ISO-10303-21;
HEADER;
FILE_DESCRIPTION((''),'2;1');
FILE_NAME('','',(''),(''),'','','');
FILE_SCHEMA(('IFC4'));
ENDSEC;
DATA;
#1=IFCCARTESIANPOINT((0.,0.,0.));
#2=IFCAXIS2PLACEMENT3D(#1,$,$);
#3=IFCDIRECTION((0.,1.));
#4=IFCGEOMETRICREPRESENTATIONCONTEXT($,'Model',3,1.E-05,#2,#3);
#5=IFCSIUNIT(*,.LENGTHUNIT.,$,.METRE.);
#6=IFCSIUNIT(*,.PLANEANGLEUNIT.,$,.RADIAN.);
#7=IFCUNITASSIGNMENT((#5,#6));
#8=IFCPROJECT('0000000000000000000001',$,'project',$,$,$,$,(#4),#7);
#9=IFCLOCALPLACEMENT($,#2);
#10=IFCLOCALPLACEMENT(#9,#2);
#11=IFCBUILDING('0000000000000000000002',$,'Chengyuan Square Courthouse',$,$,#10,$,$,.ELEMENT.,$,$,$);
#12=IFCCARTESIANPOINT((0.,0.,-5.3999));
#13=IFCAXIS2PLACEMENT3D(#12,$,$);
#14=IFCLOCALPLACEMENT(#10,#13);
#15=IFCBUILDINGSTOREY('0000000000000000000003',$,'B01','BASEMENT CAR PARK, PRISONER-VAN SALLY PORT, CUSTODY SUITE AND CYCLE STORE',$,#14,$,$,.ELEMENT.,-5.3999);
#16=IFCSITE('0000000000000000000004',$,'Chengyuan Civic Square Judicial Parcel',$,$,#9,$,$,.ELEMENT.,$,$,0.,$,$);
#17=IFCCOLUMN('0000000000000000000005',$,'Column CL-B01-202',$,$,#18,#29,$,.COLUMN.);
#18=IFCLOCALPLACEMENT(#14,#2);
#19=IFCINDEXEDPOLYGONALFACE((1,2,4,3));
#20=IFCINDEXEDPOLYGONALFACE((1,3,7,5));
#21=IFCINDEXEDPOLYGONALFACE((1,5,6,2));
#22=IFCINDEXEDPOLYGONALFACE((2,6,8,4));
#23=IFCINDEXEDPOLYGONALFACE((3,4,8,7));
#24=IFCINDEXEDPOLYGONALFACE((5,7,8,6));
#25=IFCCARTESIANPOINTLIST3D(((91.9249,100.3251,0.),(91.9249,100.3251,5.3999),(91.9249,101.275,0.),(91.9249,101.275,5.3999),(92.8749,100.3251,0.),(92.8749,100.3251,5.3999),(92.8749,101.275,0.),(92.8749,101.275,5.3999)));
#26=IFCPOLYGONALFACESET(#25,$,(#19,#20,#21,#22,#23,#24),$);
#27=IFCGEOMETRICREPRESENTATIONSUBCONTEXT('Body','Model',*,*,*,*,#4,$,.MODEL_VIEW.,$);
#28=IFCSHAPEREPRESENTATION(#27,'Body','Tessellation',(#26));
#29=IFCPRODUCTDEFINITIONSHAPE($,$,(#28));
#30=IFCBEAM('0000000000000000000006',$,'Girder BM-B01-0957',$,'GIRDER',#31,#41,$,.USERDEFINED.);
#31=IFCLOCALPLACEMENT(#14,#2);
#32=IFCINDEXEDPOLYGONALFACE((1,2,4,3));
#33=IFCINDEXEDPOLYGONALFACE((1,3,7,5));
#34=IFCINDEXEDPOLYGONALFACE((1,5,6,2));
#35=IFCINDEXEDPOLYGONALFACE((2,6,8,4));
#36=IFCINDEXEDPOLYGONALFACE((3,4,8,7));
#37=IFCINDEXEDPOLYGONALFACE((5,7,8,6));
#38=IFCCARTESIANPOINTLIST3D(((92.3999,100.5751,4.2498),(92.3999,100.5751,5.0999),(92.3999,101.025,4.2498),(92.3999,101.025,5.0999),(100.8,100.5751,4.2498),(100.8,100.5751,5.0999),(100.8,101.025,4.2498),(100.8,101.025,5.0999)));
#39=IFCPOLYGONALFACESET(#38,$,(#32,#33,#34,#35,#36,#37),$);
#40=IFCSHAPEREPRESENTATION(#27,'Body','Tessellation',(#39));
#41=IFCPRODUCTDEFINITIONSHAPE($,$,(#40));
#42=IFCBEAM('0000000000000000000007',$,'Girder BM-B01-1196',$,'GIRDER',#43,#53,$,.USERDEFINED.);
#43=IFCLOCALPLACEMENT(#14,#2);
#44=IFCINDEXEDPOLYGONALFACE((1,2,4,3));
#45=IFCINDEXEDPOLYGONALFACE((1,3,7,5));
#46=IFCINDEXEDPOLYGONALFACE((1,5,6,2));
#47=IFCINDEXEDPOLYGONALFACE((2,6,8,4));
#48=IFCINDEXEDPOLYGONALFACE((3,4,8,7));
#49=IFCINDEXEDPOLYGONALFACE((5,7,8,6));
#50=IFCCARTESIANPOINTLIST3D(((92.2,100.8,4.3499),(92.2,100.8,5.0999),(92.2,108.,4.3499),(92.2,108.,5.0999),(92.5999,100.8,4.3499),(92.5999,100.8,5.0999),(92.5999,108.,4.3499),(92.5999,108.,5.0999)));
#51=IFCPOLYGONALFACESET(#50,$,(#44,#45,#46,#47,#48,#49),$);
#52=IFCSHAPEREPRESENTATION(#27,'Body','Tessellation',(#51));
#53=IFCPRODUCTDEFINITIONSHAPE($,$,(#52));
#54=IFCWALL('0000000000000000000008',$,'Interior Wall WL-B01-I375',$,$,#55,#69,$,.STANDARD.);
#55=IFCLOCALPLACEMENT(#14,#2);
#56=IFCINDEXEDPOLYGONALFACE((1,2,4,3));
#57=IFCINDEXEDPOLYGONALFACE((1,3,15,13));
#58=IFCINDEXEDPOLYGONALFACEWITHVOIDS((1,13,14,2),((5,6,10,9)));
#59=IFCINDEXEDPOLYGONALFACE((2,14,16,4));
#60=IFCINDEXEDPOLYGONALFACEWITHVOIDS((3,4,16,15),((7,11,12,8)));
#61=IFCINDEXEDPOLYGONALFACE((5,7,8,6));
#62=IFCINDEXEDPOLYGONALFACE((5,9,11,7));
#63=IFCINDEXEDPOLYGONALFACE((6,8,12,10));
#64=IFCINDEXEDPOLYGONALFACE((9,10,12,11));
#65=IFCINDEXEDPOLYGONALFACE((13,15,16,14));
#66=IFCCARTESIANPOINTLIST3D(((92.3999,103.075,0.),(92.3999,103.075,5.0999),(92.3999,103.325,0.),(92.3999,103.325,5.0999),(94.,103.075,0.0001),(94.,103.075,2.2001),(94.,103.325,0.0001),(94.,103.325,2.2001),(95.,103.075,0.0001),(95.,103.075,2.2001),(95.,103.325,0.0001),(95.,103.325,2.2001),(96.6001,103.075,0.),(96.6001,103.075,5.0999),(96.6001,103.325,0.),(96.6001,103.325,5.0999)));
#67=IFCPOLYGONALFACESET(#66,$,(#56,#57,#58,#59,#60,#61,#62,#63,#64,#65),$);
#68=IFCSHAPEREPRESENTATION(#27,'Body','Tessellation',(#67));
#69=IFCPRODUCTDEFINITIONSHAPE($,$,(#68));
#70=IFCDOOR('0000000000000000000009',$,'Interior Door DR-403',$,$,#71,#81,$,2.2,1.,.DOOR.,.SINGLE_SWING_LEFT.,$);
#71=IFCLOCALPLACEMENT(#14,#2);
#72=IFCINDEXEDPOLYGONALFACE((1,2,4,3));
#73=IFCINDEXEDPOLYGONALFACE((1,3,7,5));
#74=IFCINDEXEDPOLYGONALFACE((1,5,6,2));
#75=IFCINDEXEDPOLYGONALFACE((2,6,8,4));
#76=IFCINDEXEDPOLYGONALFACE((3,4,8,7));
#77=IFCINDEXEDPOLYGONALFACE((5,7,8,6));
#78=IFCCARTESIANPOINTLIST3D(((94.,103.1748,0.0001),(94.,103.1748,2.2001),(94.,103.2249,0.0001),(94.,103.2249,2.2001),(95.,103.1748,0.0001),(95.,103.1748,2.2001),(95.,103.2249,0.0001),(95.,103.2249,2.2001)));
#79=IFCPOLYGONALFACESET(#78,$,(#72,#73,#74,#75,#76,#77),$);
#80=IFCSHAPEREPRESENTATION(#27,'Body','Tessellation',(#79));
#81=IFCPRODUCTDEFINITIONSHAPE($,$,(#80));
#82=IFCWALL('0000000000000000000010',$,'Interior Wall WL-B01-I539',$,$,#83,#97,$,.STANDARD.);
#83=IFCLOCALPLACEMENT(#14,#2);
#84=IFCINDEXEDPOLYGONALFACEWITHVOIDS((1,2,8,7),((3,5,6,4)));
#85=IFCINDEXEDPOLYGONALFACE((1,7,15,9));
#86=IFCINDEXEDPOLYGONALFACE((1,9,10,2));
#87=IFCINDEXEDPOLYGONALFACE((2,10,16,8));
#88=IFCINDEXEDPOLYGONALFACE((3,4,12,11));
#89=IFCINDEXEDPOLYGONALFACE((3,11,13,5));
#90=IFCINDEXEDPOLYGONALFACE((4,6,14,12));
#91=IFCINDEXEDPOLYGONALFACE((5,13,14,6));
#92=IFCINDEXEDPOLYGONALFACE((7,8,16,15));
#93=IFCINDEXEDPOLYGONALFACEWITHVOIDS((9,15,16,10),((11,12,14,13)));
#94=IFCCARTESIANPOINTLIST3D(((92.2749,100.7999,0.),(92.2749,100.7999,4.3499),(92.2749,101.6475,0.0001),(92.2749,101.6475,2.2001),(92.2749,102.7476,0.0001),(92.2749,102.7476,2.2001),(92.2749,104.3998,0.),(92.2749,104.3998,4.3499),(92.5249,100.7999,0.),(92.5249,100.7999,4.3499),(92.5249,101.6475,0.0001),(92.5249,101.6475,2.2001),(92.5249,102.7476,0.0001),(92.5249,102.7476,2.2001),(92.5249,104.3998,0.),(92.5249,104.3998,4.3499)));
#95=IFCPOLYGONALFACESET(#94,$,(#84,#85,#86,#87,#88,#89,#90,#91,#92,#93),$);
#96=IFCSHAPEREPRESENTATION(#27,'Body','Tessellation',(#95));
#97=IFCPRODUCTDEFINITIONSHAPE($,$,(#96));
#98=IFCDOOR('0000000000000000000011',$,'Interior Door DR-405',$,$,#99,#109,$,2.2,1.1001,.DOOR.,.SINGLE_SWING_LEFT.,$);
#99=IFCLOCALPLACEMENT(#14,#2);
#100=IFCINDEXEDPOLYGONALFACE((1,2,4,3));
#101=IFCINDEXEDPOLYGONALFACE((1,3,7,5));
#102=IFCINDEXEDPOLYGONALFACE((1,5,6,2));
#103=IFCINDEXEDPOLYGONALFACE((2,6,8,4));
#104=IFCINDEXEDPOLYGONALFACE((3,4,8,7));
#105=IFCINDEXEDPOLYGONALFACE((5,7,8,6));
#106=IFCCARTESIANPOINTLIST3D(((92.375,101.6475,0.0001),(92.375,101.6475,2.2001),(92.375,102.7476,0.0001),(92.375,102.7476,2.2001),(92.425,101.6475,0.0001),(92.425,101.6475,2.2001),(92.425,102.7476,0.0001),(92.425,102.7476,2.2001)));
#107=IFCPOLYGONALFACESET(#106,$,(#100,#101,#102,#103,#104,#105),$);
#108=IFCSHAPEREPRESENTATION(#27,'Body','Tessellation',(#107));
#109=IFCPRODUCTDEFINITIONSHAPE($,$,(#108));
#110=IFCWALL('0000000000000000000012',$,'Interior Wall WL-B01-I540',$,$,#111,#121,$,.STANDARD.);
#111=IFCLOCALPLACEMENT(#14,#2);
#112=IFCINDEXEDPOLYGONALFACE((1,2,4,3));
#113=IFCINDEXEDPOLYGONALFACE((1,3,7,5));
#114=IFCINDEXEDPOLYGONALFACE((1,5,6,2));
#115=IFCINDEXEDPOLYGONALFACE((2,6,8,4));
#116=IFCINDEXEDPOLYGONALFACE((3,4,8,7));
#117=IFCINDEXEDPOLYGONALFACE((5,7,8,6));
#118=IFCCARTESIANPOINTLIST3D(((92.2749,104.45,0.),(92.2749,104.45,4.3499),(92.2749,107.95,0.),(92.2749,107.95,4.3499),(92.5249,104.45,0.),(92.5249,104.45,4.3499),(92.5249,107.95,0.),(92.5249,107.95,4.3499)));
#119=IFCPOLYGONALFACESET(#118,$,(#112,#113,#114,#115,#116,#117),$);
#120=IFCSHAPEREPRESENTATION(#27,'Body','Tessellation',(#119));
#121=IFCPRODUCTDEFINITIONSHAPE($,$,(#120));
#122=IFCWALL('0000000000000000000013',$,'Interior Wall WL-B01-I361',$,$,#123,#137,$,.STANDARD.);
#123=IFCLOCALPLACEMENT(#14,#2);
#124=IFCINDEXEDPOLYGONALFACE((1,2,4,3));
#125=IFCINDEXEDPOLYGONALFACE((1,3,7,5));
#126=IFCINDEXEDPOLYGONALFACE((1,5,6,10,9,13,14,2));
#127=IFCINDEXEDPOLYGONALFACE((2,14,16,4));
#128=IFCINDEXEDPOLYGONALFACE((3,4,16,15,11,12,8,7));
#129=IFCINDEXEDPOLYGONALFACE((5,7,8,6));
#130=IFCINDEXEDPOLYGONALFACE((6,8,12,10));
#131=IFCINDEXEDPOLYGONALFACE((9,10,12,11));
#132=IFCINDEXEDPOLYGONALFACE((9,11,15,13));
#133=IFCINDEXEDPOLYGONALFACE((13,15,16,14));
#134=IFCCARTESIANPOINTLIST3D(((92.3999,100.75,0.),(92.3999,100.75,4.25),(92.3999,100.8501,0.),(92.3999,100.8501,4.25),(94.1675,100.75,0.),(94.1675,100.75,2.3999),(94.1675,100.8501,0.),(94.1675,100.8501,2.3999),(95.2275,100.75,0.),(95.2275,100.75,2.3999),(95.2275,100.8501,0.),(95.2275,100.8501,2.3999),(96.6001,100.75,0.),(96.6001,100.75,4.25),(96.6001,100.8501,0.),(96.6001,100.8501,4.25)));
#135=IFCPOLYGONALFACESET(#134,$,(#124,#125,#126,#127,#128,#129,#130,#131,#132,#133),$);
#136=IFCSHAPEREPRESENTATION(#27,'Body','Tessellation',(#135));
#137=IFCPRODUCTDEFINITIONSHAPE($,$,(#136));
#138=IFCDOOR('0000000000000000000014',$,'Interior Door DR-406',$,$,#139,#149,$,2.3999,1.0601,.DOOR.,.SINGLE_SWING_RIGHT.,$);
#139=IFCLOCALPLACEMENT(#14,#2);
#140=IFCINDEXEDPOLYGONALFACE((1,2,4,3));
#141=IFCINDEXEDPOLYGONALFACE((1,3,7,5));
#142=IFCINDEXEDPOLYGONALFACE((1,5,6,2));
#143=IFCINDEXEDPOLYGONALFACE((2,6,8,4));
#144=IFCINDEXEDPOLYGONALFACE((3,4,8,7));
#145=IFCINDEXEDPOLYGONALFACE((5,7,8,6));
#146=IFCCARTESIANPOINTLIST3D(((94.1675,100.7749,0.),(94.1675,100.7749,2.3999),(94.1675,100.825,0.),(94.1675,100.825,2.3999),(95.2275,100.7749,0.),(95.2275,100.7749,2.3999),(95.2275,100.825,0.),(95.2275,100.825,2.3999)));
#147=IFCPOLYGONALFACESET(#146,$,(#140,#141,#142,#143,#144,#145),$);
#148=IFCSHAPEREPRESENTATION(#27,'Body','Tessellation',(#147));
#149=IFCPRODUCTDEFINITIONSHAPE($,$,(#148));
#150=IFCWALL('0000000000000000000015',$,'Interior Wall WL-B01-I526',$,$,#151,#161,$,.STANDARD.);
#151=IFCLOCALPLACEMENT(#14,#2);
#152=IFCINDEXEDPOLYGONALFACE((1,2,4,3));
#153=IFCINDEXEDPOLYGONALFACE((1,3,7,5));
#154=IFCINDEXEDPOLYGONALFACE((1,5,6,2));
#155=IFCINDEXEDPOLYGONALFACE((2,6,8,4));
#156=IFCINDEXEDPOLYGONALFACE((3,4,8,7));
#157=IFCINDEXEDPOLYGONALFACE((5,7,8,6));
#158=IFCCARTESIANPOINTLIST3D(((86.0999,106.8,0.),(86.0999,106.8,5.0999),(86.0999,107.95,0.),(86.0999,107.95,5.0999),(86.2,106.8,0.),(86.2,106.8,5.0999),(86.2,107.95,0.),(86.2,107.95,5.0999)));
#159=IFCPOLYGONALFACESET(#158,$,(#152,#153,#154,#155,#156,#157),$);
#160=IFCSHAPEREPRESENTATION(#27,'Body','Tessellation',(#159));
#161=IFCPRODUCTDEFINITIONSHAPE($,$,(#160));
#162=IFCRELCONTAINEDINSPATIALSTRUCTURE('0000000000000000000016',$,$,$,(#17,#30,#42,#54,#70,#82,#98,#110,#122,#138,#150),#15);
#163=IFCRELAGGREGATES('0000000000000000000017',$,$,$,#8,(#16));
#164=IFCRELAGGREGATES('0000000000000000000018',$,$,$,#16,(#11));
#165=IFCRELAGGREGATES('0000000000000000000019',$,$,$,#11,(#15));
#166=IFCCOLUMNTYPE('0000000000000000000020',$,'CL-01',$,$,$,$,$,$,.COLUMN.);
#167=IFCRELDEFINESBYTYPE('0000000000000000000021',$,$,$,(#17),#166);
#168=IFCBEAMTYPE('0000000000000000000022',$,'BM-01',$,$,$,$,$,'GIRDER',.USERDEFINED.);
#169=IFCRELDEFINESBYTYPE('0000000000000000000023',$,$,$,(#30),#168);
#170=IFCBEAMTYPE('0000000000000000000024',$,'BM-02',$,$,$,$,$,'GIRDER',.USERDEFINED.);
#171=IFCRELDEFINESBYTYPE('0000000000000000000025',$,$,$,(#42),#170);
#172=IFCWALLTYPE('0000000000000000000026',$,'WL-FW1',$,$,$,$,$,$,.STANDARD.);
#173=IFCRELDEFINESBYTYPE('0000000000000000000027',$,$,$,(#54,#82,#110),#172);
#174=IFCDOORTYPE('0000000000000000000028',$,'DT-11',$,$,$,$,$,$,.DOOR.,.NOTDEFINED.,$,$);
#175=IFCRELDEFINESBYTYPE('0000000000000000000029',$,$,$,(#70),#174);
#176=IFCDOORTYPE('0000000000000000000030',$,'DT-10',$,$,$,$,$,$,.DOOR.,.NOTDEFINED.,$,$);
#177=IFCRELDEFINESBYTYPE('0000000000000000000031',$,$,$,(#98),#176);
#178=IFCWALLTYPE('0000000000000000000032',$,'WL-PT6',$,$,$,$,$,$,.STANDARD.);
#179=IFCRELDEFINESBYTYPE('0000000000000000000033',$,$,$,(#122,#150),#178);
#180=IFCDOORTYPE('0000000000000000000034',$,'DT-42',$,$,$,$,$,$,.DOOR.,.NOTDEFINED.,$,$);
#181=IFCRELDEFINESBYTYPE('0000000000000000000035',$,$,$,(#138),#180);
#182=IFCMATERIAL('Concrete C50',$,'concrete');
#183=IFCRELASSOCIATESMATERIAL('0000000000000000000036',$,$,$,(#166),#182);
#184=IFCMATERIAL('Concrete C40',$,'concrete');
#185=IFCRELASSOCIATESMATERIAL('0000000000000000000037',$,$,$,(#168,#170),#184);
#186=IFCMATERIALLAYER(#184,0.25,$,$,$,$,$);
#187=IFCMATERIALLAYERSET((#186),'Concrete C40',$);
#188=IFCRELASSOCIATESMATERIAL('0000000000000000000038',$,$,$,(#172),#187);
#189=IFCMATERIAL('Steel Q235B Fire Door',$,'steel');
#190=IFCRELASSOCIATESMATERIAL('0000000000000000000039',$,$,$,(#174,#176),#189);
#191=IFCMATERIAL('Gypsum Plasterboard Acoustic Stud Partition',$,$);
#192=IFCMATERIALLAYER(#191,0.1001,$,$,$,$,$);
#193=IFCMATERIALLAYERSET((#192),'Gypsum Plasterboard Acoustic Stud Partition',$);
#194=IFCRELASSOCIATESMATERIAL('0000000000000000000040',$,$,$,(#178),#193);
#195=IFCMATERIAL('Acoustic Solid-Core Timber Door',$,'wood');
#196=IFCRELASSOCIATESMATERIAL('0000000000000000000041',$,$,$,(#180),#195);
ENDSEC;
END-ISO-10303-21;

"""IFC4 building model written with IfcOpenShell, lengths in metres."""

from ifc_helpers import new_model, si_unit, direction, frame, frame_2d, origin, origin_2d, place, context, subcontext, project, spatial, rectangle, extrude, material, layer, layer_set, material_profile, profile_set, type_object, element, fill, save


model = new_model("IFC4")

# Units and contexts
model_context = context("Model", 3, precision=1e-05, world=origin(), true_north=direction((0.0, 1.0)))
body_context = subcontext(model_context, "Body", "Model", "MODEL_VIEW")
ifc_project = project(units=[si_unit("LENGTHUNIT", "METRE"), si_unit("PLANEANGLEUNIT", "RADIAN")], contexts=[model_context])

# Site, building, storey
site_placement = place(None, origin())
site = spatial("IfcSite", under=ifc_project, at=site_placement, Name="Chengyuan Civic Square Judicial Parcel", CompositionType="ELEMENT", RefElevation=0.0)
building_placement = place(site_placement, origin())
building = spatial("IfcBuilding", under=site, at=building_placement, Name="Chengyuan Square Courthouse", CompositionType="ELEMENT")
storey_placement = place(building_placement, frame((0.0, 0.0, -5.3999)))
storey = spatial("IfcBuildingStorey", under=building, at=storey_placement, Name="B01", Description="BASEMENT CAR PARK, PRISONER-VAN SALLY PORT, CUSTODY SUITE AND CYCLE STORE", CompositionType="ELEMENT", Elevation=-5.3999)

# Column
ifc_material_1 = material(Name="Concrete C50", Category="concrete")
ifc_material_profile_1 = material_profile(ifc_material_1, rectangle(XDim=0.95, YDim=0.95, at=origin_2d()), Name="RC-COL-950x950")
ifc_profile_set_1 = profile_set([ifc_material_profile_1], Name="Concrete C50")
column_type = type_object("IfcColumnType", Name="CL-01", PredefinedType="COLUMN", material=ifc_profile_set_1)
column_placement = place(storey_placement, frame((92.3999, 100.8, 0.0), z_axis=(0.0, 0.0, 1.0), x_axis=(1.0, 0.0, 0.0)))
element("IfcColumn", 1, at=column_placement, inside=storey, type_object=column_type, Name="Column CL-B01-202", PredefinedType="COLUMN", context=body_context, shape_type="SweptSolid", body=[
    extrude(rectangle(XDim=0.95, YDim=0.95, at=origin_2d()), origin(), (0.0, 0.0, 1.0), 5.3999),
])

# Beams
ifc_material_2 = material(Name="Concrete C40", Category="concrete")
ifc_material_profile_2 = material_profile(ifc_material_2, rectangle(XDim=0.45, YDim=0.8501, at=origin_2d()), Name="RC-BM-450x850")
ifc_profile_set_2 = profile_set([ifc_material_profile_2], Name="Concrete C40")
beam_type_1 = type_object("IfcBeamType", Name="BM-01", ElementType="GIRDER", PredefinedType="USERDEFINED", material=ifc_profile_set_2)
beam_1_placement = place(storey_placement, frame((92.3999, 100.8, 4.6748), z_axis=(1.0, 0.0, 0.0), x_axis=(0.0, 1.0, 0.0)))
element("IfcBeam", 2, at=beam_1_placement, inside=storey, type_object=beam_type_1, Name="Girder BM-B01-0957", ObjectType="GIRDER", PredefinedType="USERDEFINED", context=body_context, shape_type="SweptSolid", body=[
    extrude(rectangle(XDim=0.45, YDim=0.8501, at=origin_2d()), origin(), (0.0, 0.0, 1.0), 8.4001),
])
ifc_material_profile_3 = material_profile(ifc_material_2, rectangle(XDim=0.3999, YDim=0.75, at=origin_2d()), Name="RC-BM-400x750")
ifc_profile_set_3 = profile_set([ifc_material_profile_3], Name="Concrete C40")
beam_type_2 = type_object("IfcBeamType", Name="BM-02", ElementType="GIRDER", PredefinedType="USERDEFINED", material=ifc_profile_set_3)
beam_2_placement = place(storey_placement, frame((92.3999, 100.8, 4.7249), z_axis=(0.0, 1.0, 0.0), x_axis=(-1.0, 0.0, 0.0)))
element("IfcBeam", 3, at=beam_2_placement, inside=storey, type_object=beam_type_2, Name="Girder BM-B01-1196", ObjectType="GIRDER", PredefinedType="USERDEFINED", context=body_context, shape_type="SweptSolid", body=[
    extrude(rectangle(XDim=0.3999, YDim=0.75, at=origin_2d()), origin(), (0.0, 0.0, 1.0), 7.2),
])

# Walls, openings, doors
ifc_layer_1 = layer(ifc_material_2, 0.25)
ifc_layer_set_1 = layer_set([ifc_layer_1], Name="Concrete C40")
wall_type_1 = type_object("IfcWallType", Name="WL-FW1", PredefinedType="STANDARD", material=ifc_layer_set_1)
wall_1_placement = place(storey_placement, frame((92.3999, 103.2, 0.0), z_axis=(0.0, 0.0, 1.0), x_axis=(1.0, 0.0, 0.0)))
wall_1 = element("IfcWall", 4, at=wall_1_placement, inside=storey, type_object=wall_type_1, Name="Interior Wall WL-B01-I375", PredefinedType="STANDARD", context=body_context, shape_type="SweptSolid", body=[
    extrude(rectangle(XDim=4.2002, YDim=0.25, at=frame_2d((2.1001, 0.0))), origin(), (0.0, 0.0, 1.0), 5.0999),
])
opening_1_placement = place(wall_1_placement, frame((1.6001, 0.0, 0.0)))
opening_1 = element("IfcOpeningElement", 5, at=opening_1_placement, cuts=wall_1, PredefinedType="OPENING", context=body_context, shape_type="SweptSolid", body=[
    extrude(rectangle(XDim=1.0, YDim=2.2, at=frame_2d((0.5, 1.1001))), frame((0.0, 0.137, 0.0), z_axis=(0.0, -1.0, 0.0), x_axis=(1.0, 0.0, 0.0)), (0.0, 0.0, 1.0), 0.2739),
])
ifc_material_3 = material(Name="Steel Q235B Fire Door", Category="steel")
door_type_1 = type_object("IfcDoorType", Name="DT-11", OperationType="NOTDEFINED", PredefinedType="DOOR", material=ifc_material_3)
door_1_placement = place(opening_1_placement, origin())
door_1 = element("IfcDoor", 6, at=door_1_placement, inside=storey, type_object=door_type_1, Name="Interior Door DR-403", OperationType="SINGLE_SWING_LEFT", OverallHeight=2.2, OverallWidth=1.0, PredefinedType="DOOR", context=body_context, shape_type="SweptSolid", body=[
    extrude(rectangle(XDim=1.0, YDim=2.2, at=frame_2d((0.5, 1.1001))), frame((0.0, 0.0249, 0.0), z_axis=(0.0, -1.0, 0.0), x_axis=(1.0, 0.0, 0.0)), (0.0, 0.0, 1.0), 0.05),
])
fill(opening_1, door_1)
wall_2_placement = place(storey_placement, frame((92.3999, 100.8, 0.0), z_axis=(0.0, 0.0, 1.0), x_axis=(0.0, 1.0, 0.0)))
wall_2 = element("IfcWall", 7, at=wall_2_placement, inside=storey, type_object=wall_type_1, Name="Interior Wall WL-B01-I539", PredefinedType="STANDARD", context=body_context, shape_type="SweptSolid", body=[
    extrude(rectangle(XDim=3.5999, YDim=0.25, at=frame_2d((1.7998, 0.0))), origin(), (0.0, 0.0, 1.0), 4.3499),
])
opening_2_placement = place(wall_2_placement, frame((0.8474, 0.0, 0.0)))
opening_2 = element("IfcOpeningElement", 8, at=opening_2_placement, cuts=wall_2, PredefinedType="OPENING", context=body_context, shape_type="SweptSolid", body=[
    extrude(rectangle(XDim=1.1001, YDim=2.2, at=frame_2d((0.55, 1.1001))), frame((0.0, 0.137, 0.0), z_axis=(0.0, -1.0, 0.0), x_axis=(1.0, 0.0, 0.0)), (0.0, 0.0, 1.0), 0.2739),
])
door_type_2 = type_object("IfcDoorType", Name="DT-10", OperationType="NOTDEFINED", PredefinedType="DOOR", material=ifc_material_3)
door_2_placement = place(opening_2_placement, origin())
door_2 = element("IfcDoor", 9, at=door_2_placement, inside=storey, type_object=door_type_2, Name="Interior Door DR-405", OperationType="SINGLE_SWING_LEFT", OverallHeight=2.2, OverallWidth=1.1001, PredefinedType="DOOR", context=body_context, shape_type="SweptSolid", body=[
    extrude(rectangle(XDim=1.1001, YDim=2.2, at=frame_2d((0.55, 1.1001))), frame((0.0, 0.0249, 0.0), z_axis=(0.0, -1.0, 0.0), x_axis=(1.0, 0.0, 0.0)), (0.0, 0.0, 1.0), 0.05),
])
fill(opening_2, door_2)

# Wall
wall_3_placement = place(storey_placement, frame((92.3999, 104.45, 0.0), z_axis=(0.0, 0.0, 1.0), x_axis=(0.0, 1.0, 0.0)))
element("IfcWall", 10, at=wall_3_placement, inside=storey, type_object=wall_type_1, Name="Interior Wall WL-B01-I540", PredefinedType="STANDARD", context=body_context, shape_type="SweptSolid", body=[
    extrude(rectangle(XDim=3.5, YDim=0.25, at=frame_2d((1.75, 0.0))), origin(), (0.0, 0.0, 1.0), 4.3499),
])

# Wall, opening, door
ifc_material_4 = material(Name="Gypsum Plasterboard Acoustic Stud Partition")
ifc_layer_2 = layer(ifc_material_4, 0.1001)
ifc_layer_set_2 = layer_set([ifc_layer_2], Name="Gypsum Plasterboard Acoustic Stud Partition")
wall_type_2 = type_object("IfcWallType", Name="WL-PT6", PredefinedType="STANDARD", material=ifc_layer_set_2)
wall_4_placement = place(storey_placement, frame((92.3999, 100.8, 0.0), z_axis=(0.0, 0.0, 1.0), x_axis=(1.0, 0.0, 0.0)))
wall_4 = element("IfcWall", 11, at=wall_4_placement, inside=storey, type_object=wall_type_2, Name="Interior Wall WL-B01-I361", PredefinedType="STANDARD", context=body_context, shape_type="SweptSolid", body=[
    extrude(rectangle(XDim=4.2002, YDim=0.1001, at=frame_2d((2.1001, 0.0))), origin(), (0.0, 0.0, 1.0), 4.25),
])
opening_3_placement = place(wall_4_placement, frame((1.7676, 0.0, 0.0)))
opening_3 = element("IfcOpeningElement", 12, at=opening_3_placement, cuts=wall_4, PredefinedType="OPENING", context=body_context, shape_type="SweptSolid", body=[
    extrude(rectangle(XDim=1.0601, YDim=2.3999, at=frame_2d((0.53, 1.2))), frame((0.0, 0.062, 0.0), z_axis=(0.0, -1.0, 0.0), x_axis=(1.0, 0.0, 0.0)), (0.0, 0.0, 1.0), 0.124),
])
ifc_material_5 = material(Name="Acoustic Solid-Core Timber Door", Category="wood")
door_type_3 = type_object("IfcDoorType", Name="DT-42", OperationType="NOTDEFINED", PredefinedType="DOOR", material=ifc_material_5)
door_3_placement = place(opening_3_placement, origin())
door_3 = element("IfcDoor", 13, at=door_3_placement, inside=storey, type_object=door_type_3, Name="Interior Door DR-406", OperationType="SINGLE_SWING_RIGHT", OverallHeight=2.3999, OverallWidth=1.0601, PredefinedType="DOOR", context=body_context, shape_type="SweptSolid", body=[
    extrude(rectangle(XDim=1.0601, YDim=2.3999, at=frame_2d((0.53, 1.2))), frame((0.0, 0.0249, 0.0), z_axis=(0.0, -1.0, 0.0), x_axis=(1.0, 0.0, 0.0)), (0.0, 0.0, 1.0), 0.05),
])
fill(opening_3, door_3)

# Wall
wall_5_placement = place(storey_placement, frame((86.1499, 106.8, 0.0), z_axis=(0.0, 0.0, 1.0), x_axis=(0.0, 1.0, 0.0)))
element("IfcWall", 14, at=wall_5_placement, inside=storey, type_object=wall_type_2, Name="Interior Wall WL-B01-I526", PredefinedType="STANDARD", context=body_context, shape_type="SweptSolid", body=[
    extrude(rectangle(XDim=1.1499, YDim=0.1001, at=frame_2d((0.575, 0.0))), origin(), (0.0, 0.0, 1.0), 5.0999),
])

save(model, "model.ifc")
